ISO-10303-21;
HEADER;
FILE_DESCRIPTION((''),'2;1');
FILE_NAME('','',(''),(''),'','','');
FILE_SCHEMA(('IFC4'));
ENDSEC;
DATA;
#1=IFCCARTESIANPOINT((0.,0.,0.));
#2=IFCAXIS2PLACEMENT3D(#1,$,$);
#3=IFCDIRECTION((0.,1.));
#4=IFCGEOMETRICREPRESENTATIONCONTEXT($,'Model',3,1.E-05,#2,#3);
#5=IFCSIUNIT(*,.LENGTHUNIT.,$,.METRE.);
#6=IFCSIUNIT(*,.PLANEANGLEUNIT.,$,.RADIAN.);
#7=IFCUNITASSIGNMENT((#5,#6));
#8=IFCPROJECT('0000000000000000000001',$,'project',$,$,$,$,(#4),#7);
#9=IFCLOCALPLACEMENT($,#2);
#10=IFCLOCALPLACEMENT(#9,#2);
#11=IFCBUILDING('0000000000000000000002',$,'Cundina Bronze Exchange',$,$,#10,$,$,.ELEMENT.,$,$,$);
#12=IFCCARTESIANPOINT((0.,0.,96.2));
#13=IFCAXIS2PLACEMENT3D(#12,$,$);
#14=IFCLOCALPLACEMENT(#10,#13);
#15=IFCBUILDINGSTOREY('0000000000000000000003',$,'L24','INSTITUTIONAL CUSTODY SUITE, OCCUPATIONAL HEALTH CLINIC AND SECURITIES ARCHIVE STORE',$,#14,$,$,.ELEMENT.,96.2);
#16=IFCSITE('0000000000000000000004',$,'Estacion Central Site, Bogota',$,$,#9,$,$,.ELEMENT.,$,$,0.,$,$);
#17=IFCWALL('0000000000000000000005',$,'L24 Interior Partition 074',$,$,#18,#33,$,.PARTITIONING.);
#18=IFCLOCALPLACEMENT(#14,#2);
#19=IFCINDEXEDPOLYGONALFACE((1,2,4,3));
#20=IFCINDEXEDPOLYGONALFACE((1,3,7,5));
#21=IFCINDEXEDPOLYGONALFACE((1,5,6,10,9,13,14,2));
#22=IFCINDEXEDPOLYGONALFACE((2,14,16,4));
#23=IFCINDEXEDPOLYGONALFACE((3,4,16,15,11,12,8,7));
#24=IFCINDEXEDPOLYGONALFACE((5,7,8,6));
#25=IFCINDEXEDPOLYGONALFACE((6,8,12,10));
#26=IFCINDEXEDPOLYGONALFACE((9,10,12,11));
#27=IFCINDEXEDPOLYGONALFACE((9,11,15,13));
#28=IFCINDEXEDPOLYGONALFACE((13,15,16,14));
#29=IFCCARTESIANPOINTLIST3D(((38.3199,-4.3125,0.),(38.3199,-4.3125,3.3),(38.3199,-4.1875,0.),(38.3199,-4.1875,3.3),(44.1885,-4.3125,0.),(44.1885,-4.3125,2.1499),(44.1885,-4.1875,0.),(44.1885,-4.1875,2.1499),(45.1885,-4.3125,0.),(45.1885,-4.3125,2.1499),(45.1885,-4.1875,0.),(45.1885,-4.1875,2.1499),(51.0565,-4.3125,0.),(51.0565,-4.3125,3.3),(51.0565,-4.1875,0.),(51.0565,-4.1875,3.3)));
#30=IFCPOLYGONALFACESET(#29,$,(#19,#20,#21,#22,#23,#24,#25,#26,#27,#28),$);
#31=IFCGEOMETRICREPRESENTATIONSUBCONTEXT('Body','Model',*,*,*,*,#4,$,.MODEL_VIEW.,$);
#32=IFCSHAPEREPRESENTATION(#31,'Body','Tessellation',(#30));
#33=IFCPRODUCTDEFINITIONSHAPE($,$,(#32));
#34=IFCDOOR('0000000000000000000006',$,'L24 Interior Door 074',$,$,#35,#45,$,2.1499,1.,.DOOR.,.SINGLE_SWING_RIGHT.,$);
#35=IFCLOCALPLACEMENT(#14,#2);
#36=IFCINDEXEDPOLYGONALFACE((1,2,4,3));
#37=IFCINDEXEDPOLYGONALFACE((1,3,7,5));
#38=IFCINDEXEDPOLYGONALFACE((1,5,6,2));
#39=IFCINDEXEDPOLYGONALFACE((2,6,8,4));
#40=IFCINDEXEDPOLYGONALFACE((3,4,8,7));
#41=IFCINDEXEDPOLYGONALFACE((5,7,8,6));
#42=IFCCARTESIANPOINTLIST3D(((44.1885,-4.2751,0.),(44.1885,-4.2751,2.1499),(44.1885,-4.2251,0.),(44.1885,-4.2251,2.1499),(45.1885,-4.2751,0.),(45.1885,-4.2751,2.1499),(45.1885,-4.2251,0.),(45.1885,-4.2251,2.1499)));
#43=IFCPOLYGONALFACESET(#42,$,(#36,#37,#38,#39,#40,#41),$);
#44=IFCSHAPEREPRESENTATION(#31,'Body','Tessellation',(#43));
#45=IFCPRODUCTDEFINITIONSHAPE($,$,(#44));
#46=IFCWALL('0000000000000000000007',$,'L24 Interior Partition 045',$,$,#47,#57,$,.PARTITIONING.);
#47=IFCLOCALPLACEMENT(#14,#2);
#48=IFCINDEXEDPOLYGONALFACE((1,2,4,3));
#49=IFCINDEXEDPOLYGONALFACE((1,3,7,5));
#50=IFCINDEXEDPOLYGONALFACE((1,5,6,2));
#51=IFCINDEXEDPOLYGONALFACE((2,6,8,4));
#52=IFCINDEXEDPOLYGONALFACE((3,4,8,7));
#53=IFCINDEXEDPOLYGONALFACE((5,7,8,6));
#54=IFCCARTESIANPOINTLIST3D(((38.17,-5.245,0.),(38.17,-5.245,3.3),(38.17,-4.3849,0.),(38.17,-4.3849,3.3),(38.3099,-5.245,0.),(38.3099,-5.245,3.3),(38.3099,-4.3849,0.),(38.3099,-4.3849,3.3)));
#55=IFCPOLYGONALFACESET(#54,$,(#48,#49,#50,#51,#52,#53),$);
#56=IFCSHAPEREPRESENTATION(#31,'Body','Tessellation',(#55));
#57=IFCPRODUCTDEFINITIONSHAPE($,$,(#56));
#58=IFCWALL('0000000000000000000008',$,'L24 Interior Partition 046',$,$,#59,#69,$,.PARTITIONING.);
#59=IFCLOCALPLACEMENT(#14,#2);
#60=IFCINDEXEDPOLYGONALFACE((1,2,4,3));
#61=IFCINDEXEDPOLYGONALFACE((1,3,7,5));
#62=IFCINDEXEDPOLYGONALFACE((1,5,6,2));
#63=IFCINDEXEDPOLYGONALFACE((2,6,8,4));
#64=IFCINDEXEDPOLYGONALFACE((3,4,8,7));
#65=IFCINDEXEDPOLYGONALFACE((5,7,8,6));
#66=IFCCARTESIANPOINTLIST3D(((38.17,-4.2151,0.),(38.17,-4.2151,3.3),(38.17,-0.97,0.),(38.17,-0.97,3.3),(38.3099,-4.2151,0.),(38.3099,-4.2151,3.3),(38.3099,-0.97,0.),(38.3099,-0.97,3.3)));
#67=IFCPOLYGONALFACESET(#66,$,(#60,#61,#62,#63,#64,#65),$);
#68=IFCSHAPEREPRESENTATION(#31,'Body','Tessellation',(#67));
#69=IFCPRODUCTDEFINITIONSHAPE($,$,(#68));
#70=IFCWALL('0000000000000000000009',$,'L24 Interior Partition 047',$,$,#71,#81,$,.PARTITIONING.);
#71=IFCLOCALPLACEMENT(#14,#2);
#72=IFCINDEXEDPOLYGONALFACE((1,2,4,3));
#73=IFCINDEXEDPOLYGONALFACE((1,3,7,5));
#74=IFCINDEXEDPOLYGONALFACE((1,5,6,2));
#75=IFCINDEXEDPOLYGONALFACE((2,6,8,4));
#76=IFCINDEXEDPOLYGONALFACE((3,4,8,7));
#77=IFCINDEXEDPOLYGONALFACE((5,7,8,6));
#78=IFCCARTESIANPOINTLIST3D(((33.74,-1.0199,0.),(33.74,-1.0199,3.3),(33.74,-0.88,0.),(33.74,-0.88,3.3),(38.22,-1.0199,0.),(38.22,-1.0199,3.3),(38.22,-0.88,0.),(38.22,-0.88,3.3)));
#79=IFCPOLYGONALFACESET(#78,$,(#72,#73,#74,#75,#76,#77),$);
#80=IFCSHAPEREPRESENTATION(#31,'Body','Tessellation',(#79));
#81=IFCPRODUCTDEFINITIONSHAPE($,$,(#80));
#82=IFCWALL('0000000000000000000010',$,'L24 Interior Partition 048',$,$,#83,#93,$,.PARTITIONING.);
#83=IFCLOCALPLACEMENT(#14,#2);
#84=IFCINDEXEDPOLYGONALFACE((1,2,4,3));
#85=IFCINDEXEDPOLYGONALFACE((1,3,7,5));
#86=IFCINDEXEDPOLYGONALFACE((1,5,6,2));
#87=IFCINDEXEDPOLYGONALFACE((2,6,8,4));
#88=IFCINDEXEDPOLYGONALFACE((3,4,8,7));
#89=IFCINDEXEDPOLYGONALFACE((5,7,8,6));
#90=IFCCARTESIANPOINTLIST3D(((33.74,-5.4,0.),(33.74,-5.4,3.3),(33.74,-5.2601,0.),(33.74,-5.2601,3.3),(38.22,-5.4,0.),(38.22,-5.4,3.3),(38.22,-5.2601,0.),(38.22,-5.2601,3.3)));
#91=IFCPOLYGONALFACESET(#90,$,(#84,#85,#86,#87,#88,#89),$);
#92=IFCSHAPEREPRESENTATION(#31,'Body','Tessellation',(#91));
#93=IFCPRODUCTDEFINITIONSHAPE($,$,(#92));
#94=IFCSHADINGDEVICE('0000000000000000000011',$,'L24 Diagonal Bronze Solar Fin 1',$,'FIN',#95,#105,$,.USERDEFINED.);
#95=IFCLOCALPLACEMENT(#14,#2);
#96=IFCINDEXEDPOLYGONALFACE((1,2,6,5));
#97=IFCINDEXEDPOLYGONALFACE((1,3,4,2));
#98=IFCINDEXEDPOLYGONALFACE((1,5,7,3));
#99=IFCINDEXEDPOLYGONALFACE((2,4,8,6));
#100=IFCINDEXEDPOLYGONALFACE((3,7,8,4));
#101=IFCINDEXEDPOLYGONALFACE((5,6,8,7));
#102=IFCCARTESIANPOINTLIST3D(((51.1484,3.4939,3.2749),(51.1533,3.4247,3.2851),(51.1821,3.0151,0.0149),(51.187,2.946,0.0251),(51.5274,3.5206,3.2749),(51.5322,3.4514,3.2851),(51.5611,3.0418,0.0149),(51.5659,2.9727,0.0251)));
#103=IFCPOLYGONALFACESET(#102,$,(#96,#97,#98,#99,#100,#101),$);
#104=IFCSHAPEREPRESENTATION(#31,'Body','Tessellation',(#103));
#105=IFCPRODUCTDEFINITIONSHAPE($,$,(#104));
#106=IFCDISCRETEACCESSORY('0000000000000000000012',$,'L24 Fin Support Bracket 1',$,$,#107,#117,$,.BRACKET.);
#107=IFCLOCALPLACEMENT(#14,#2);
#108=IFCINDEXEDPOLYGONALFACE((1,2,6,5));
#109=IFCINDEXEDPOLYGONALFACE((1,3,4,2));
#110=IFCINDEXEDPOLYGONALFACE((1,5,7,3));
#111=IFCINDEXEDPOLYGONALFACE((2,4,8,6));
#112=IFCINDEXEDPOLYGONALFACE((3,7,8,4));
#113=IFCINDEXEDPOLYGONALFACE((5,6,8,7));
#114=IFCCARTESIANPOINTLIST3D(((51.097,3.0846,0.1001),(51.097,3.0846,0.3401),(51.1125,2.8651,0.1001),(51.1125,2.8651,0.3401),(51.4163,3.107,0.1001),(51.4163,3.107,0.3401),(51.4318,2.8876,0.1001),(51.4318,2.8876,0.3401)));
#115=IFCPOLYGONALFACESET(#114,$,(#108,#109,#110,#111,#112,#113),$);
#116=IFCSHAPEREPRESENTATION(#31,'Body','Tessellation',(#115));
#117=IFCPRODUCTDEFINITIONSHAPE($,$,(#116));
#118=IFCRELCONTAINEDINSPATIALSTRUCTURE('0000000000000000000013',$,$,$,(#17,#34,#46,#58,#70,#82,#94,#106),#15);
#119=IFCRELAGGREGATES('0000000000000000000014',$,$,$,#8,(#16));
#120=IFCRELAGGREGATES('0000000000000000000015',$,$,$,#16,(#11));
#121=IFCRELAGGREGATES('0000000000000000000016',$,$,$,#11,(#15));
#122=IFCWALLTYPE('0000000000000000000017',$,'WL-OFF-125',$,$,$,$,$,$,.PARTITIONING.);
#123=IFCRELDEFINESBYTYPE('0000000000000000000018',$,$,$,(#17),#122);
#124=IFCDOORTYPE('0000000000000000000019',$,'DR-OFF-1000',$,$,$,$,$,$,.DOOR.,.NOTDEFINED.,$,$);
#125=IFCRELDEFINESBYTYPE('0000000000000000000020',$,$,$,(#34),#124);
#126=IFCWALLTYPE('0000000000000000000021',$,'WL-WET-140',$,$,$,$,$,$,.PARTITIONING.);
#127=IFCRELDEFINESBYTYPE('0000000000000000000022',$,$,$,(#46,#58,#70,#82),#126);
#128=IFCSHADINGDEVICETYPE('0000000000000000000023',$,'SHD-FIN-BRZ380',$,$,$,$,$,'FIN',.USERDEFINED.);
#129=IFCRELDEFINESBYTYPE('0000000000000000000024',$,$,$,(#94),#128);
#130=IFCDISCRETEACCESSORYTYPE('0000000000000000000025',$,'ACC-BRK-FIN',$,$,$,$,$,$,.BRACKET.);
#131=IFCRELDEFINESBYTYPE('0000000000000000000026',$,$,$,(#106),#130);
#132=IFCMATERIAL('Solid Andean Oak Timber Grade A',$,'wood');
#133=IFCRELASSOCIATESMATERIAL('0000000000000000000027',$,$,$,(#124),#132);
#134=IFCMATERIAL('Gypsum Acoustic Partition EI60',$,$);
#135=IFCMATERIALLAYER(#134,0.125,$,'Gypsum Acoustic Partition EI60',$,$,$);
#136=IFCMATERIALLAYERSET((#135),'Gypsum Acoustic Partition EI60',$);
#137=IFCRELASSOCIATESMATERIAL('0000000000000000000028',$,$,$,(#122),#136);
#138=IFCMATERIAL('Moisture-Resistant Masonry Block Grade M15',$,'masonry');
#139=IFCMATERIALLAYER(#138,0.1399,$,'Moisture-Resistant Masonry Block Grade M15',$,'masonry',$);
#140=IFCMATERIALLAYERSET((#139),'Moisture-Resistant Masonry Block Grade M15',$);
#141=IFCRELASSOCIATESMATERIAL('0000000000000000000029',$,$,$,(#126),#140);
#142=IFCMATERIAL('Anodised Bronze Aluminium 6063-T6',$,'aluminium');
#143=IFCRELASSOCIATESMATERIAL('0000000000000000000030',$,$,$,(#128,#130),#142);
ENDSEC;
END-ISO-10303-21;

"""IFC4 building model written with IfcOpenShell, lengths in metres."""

from ifc_helpers import new_model, si_unit, direction, frame, frame_2d, origin, origin_2d, place, context, subcontext, project, spatial, rectangle, extrude, material, layer, layer_set, material_profile, profile_set, type_object, element, fill, save


model = new_model("IFC4")

# Units and contexts
model_context = context("Model", 3, precision=1e-05, world=origin(), true_north=direction((0.0, 1.0)))
body_context = subcontext(model_context, "Body", "Model", "MODEL_VIEW")
ifc_project = project(units=[si_unit("LENGTHUNIT", "METRE"), si_unit("PLANEANGLEUNIT", "RADIAN")], contexts=[model_context])

# Site, building, storey
site_placement = place(None, origin())
site = spatial("IfcSite", under=ifc_project, at=site_placement, Name="Estacion Central Site, Bogota", CompositionType="ELEMENT", RefElevation=0.0)
building_placement = place(site_placement, origin())
building = spatial("IfcBuilding", under=site, at=building_placement, Name="Cundina Bronze Exchange", CompositionType="ELEMENT")
storey_placement = place(building_placement, frame((0.0, 0.0, 96.2)))
storey = spatial("IfcBuildingStorey", under=building, at=storey_placement, Name="L24", Description="INSTITUTIONAL CUSTODY SUITE, OCCUPATIONAL HEALTH CLINIC AND SECURITIES ARCHIVE STORE", CompositionType="ELEMENT", Elevation=96.2)

# Shared definitions
ifc_material_1 = material(Name="Anodised Bronze Aluminium 6063-T6", Category="aluminium")

# Wall, opening, door
ifc_material_2 = material(Name="Solid Andean Oak Timber Grade A", Category="wood")
door_type_1 = type_object("IfcDoorType", Name="DR-OFF-1000", OperationType="NOTDEFINED", PredefinedType="DOOR", material=ifc_material_2)
ifc_material_3 = material(Name="Gypsum Acoustic Partition EI60")
ifc_layer_1 = layer(ifc_material_3, 0.125, Name="Gypsum Acoustic Partition EI60")
ifc_layer_set_1 = layer_set([ifc_layer_1], Name="Gypsum Acoustic Partition EI60")
wall_type_1 = type_object("IfcWallType", Name="WL-OFF-125", PredefinedType="PARTITIONING", material=ifc_layer_set_1)
wall_1_placement = place(storey_placement, frame((38.3201, -4.25, 0.0), z_axis=(0.0, 0.0, 1.0), x_axis=(1.0, 0.0, 0.0)))
wall_1 = element("IfcWall", 1, at=wall_1_placement, inside=storey, type_object=wall_type_1, Name="L24 Interior Partition 074", PredefinedType="PARTITIONING", context=body_context, shape_type="SweptSolid", body=[
    extrude(rectangle(XDim=12.7366, YDim=0.125, at=frame_2d((6.3682, 0.0))), origin(), (0.0, 0.0, 1.0), 3.3),
])
opening_1_placement = place(wall_1_placement, frame((5.8684, 0.0, 0.0)))
opening_1 = element("IfcOpeningElement", 2, at=opening_1_placement, cuts=wall_1, PredefinedType="OPENING", context=body_context, shape_type="SweptSolid", body=[
    extrude(rectangle(XDim=1.0, YDim=2.1499, at=frame_2d((0.5, 1.075))), frame((0.0, 0.0725, 0.0), z_axis=(0.0, -1.0, 0.0), x_axis=(1.0, 0.0, 0.0)), (0.0, 0.0, 1.0), 0.145),
])
door_1_placement = place(opening_1_placement, origin())
door_1 = element("IfcDoor", 3, at=door_1_placement, inside=storey, type_object=door_type_1, Name="L24 Interior Door 074", OperationType="SINGLE_SWING_RIGHT", OverallHeight=2.1499, OverallWidth=1.0, PredefinedType="DOOR", context=body_context, shape_type="SweptSolid", body=[
    extrude(rectangle(XDim=1.0, YDim=2.1499, at=frame_2d((0.5, 1.075))), frame((0.0, 0.0249, 0.0), z_axis=(0.0, -1.0, 0.0), x_axis=(1.0, 0.0, 0.0)), (0.0, 0.0, 1.0), 0.05),
])
fill(opening_1, door_1)

# Walls
ifc_material_4 = material(Name="Moisture-Resistant Masonry Block Grade M15", Category="masonry")
ifc_layer_2 = layer(ifc_material_4, 0.1399, Name="Moisture-Resistant Masonry Block Grade M15", Category="masonry")
ifc_layer_set_2 = layer_set([ifc_layer_2], Name="Moisture-Resistant Masonry Block Grade M15")
wall_type_2 = type_object("IfcWallType", Name="WL-WET-140", PredefinedType="PARTITIONING", material=ifc_layer_set_2)
wall_2_placement = place(storey_placement, frame((38.24, -5.2451, 0.0), z_axis=(0.0, 0.0, 1.0), x_axis=(0.0, 1.0, 0.0)))
element("IfcWall", 4, at=wall_2_placement, inside=storey, type_object=wall_type_2, Name="L24 Interior Partition 045", PredefinedType="PARTITIONING", context=body_context, shape_type="SweptSolid", body=[
    extrude(rectangle(XDim=0.8601, YDim=0.1399, at=frame_2d((0.4302, 0.0))), origin(), (0.0, 0.0, 1.0), 3.3),
])
wall_3_placement = place(storey_placement, frame((38.24, -4.2151, 0.0), z_axis=(0.0, 0.0, 1.0), x_axis=(0.0, 1.0, 0.0)))
element("IfcWall", 5, at=wall_3_placement, inside=storey, type_object=wall_type_2, Name="L24 Interior Partition 046", PredefinedType="PARTITIONING", context=body_context, shape_type="SweptSolid", body=[
    extrude(rectangle(XDim=3.2451, YDim=0.1399, at=frame_2d((1.6226, 0.0))), origin(), (0.0, 0.0, 1.0), 3.3),
])
for number, where, z_axis, x_axis, name in (
    (6, (33.74, -0.95, 0.0), (0.0, 0.0, 1.0), (1.0, 0.0, 0.0), "L24 Interior Partition 047"),
    (7, (33.74, -5.3301, 0.0), (0.0, 0.0, 1.0), (1.0, 0.0, 0.0), "L24 Interior Partition 048"),
):
    element("IfcWall", number, at=place(storey_placement, frame(where, z_axis=z_axis, x_axis=x_axis)), inside=storey, type_object=wall_type_2, Name=name, PredefinedType="PARTITIONING", context=body_context, shape_type="SweptSolid", body=[
        extrude(rectangle(XDim=4.48, YDim=0.1399, at=frame_2d((2.24, 0.0))), origin(), (0.0, 0.0, 1.0), 3.3),
    ])

# Shading device
ifc_material_profile_1 = material_profile(ifc_material_1, rectangle(XDim=0.0701, YDim=0.3799, at=origin_2d()), Name="FIN70X380", Category="aluminium")
ifc_profile_set_1 = profile_set([ifc_material_profile_1], Name="Anodised Bronze Aluminium 6063-T6")
shading_device_type = type_object("IfcShadingDeviceType", Name="SHD-FIN-BRZ380", ElementType="FIN", PredefinedType="USERDEFINED", material=ifc_profile_set_1)
shading_device_placement = place(storey_placement, frame((51.374, 2.9939, 0.02), z_axis=(-0.010225, 0.145292, 0.989336), x_axis=(0.06945, -0.986895, 0.145652)))
element("IfcShadingDevice", 8, at=shading_device_placement, inside=storey, type_object=shading_device_type, Name="L24 Diagonal Bronze Solar Fin 1", ObjectType="FIN", PredefinedType="USERDEFINED", context=body_context, shape_type="SweptSolid", body=[
    extrude(rectangle(XDim=0.0701, YDim=0.3799, at=origin_2d()), origin(), (0.0, 0.0, 1.0), 3.2952),
])

# Discrete accessory
discrete_accessory_type = type_object("IfcDiscreteAccessoryType", Name="ACC-BRK-FIN", PredefinedType="BRACKET", material=ifc_material_1)
discrete_accessory_placement = place(storey_placement, frame((51.2644, 2.9861, 0.1001), z_axis=(0.0, 0.0, 1.0), x_axis=(-0.070279, 0.997527, 0.0)))
element("IfcDiscreteAccessory", 9, at=discrete_accessory_placement, inside=storey, type_object=discrete_accessory_type, Name="L24 Fin Support Bracket 1", PredefinedType="BRACKET", context=body_context, shape_type="SweptSolid", body=[
    extrude(rectangle(XDim=0.22, YDim=0.3201, at=origin_2d()), origin(), (0.0, 0.0, 1.0), 0.24),
])

save(model, "model.ifc")
